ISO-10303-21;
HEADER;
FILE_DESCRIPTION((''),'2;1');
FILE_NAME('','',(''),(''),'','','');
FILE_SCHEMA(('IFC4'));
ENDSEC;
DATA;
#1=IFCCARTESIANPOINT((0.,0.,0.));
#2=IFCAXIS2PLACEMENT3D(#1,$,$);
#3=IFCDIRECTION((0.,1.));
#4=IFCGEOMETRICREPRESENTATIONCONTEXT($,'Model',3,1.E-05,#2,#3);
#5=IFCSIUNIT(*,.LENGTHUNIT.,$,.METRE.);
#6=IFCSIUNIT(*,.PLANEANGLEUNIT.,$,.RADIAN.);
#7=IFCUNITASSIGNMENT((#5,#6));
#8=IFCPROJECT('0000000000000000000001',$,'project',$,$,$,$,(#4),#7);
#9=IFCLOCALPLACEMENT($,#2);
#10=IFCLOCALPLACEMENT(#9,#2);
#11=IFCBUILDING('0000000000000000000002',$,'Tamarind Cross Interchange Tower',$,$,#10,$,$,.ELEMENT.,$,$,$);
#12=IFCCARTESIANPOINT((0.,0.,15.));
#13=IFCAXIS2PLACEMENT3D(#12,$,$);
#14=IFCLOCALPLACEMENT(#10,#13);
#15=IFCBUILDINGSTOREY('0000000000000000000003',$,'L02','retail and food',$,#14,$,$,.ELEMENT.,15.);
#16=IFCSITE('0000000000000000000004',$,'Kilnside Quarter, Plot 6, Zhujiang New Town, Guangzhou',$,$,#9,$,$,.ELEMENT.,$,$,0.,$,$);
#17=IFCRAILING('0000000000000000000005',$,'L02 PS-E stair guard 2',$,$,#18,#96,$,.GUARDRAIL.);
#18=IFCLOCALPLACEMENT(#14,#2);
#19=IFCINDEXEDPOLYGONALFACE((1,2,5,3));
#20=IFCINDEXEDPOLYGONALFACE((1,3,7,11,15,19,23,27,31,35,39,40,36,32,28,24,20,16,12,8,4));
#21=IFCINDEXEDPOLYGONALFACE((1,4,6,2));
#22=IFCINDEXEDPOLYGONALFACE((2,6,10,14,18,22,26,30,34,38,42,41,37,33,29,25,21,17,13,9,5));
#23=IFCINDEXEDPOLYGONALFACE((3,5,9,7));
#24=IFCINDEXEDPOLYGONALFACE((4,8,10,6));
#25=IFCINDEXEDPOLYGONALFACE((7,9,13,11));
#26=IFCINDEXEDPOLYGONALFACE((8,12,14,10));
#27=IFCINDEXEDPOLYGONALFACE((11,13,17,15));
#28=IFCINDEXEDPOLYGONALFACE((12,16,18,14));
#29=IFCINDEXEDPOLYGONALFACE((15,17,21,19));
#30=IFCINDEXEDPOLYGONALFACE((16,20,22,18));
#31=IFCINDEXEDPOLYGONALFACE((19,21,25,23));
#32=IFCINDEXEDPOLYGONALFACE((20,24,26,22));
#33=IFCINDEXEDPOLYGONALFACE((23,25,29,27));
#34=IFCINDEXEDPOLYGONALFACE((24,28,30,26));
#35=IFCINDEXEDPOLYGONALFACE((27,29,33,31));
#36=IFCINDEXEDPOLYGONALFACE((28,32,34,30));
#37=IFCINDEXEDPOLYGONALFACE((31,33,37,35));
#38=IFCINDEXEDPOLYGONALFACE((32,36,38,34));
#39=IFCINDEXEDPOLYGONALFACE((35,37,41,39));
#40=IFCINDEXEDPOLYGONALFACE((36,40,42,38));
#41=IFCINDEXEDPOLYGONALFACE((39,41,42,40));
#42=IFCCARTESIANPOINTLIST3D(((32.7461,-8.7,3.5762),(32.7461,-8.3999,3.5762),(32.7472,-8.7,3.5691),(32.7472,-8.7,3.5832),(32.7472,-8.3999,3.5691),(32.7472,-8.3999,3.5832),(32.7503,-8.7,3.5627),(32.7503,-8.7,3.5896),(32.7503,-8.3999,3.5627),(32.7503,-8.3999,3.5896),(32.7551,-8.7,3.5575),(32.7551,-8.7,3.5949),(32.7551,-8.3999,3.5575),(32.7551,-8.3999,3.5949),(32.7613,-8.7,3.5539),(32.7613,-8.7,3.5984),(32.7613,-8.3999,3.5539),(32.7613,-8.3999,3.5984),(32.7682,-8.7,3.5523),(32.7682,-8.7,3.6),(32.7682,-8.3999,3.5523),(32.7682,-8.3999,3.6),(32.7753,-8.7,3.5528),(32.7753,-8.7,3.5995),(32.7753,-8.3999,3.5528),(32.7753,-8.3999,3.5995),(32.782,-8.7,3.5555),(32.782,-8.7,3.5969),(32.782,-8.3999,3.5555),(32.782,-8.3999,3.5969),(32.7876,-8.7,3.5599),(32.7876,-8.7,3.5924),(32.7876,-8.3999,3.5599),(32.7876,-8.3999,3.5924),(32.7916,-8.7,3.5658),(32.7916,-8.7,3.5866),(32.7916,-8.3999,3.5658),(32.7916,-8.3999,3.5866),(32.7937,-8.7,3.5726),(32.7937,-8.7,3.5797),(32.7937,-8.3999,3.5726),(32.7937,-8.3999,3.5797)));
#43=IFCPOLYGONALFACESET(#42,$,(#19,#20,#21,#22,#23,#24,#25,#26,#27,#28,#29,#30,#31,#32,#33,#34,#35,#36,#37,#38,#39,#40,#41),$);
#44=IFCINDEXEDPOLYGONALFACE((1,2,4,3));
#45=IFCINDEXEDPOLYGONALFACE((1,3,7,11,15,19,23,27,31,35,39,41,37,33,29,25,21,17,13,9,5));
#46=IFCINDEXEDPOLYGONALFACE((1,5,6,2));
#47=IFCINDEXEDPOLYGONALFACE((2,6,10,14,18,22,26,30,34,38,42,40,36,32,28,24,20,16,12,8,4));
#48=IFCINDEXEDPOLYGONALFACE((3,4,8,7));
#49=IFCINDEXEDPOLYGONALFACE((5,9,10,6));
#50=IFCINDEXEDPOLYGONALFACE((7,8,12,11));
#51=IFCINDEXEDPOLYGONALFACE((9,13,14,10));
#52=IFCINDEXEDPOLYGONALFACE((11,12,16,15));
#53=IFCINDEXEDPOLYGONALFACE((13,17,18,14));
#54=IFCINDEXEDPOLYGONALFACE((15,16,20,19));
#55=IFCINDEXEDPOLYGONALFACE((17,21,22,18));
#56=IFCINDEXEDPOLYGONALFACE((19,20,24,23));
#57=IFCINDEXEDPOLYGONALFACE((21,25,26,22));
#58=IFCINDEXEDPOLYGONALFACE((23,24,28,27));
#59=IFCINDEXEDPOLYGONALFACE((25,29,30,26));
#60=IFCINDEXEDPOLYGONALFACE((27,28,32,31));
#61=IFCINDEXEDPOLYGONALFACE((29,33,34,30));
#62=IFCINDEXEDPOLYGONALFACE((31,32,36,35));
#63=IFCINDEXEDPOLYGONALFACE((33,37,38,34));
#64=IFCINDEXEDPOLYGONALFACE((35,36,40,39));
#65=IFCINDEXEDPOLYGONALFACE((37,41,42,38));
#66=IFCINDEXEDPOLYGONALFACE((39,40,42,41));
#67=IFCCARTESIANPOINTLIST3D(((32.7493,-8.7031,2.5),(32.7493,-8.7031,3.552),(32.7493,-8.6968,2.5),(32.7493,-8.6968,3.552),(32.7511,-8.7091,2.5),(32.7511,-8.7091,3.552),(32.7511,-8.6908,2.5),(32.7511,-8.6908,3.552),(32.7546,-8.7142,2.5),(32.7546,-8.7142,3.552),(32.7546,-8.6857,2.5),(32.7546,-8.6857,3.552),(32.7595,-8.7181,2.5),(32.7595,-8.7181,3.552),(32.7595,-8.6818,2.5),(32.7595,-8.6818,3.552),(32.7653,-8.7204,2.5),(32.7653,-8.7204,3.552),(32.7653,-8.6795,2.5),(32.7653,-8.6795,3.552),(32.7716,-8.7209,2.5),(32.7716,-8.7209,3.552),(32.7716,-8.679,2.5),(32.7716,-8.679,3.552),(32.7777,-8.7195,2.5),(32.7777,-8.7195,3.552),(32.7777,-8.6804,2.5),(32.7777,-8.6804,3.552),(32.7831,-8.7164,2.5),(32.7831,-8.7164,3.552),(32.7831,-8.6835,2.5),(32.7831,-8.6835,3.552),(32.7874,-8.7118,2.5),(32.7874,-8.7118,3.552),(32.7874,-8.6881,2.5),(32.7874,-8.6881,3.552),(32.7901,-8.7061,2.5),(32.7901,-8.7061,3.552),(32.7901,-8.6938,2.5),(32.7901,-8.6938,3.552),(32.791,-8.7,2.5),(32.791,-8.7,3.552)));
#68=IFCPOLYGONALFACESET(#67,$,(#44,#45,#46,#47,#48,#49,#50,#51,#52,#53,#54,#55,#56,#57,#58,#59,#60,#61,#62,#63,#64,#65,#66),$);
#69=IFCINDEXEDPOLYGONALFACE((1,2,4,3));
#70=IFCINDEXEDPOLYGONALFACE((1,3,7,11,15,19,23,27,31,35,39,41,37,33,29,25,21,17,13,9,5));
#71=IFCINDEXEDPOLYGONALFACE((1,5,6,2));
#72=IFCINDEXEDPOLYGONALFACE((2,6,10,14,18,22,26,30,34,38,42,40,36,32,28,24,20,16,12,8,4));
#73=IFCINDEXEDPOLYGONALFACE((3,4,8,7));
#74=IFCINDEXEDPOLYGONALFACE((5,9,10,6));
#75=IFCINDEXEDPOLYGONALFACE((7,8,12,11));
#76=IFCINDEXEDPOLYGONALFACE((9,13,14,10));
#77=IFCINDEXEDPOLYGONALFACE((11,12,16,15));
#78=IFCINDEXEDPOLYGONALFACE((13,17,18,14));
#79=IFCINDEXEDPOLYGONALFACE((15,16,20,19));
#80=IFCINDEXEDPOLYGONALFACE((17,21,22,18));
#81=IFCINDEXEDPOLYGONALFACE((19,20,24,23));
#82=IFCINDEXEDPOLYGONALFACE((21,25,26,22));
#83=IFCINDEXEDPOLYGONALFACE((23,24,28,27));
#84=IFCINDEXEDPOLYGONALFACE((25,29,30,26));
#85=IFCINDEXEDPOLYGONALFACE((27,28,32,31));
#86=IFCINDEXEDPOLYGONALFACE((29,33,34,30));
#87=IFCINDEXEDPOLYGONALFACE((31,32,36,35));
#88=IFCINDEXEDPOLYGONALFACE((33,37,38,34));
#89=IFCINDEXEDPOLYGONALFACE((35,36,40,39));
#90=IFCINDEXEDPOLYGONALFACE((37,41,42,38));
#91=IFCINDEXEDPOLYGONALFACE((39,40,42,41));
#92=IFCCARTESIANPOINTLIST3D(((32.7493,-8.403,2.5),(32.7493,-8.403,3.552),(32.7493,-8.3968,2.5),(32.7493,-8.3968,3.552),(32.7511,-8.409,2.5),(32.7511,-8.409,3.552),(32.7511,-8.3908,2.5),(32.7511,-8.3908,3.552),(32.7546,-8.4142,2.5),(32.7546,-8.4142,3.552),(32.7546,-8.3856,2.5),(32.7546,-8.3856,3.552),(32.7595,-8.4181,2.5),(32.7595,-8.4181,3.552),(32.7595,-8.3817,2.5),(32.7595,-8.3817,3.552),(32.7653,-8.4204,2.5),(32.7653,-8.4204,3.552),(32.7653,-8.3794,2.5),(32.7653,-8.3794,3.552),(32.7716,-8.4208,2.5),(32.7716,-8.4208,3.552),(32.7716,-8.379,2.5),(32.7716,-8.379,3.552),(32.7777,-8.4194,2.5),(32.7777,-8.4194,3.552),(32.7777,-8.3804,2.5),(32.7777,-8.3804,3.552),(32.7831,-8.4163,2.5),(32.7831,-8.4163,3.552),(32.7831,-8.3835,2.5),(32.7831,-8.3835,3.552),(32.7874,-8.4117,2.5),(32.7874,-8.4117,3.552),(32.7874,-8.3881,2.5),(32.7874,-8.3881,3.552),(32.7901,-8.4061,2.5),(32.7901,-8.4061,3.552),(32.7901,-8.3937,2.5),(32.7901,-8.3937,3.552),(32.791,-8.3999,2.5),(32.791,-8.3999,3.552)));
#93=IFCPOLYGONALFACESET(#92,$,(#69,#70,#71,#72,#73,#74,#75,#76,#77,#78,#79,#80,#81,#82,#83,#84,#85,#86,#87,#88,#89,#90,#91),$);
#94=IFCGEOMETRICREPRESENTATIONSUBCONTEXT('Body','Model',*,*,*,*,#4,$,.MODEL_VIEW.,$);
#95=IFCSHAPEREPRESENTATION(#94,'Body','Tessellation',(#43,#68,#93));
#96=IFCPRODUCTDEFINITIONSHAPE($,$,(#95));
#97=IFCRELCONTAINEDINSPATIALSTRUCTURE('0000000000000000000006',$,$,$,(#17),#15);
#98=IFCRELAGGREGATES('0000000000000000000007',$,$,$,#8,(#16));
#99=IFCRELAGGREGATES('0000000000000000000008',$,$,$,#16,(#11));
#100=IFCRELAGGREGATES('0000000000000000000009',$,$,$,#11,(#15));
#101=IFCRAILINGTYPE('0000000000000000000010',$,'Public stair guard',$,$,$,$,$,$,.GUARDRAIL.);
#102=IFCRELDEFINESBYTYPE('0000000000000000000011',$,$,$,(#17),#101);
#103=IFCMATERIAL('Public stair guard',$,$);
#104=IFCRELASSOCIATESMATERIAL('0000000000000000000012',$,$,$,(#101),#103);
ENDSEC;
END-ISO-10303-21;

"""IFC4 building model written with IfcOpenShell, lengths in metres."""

from ifc_helpers import new_model, si_unit, direction, frame, origin, origin_2d, place, context, subcontext, project, spatial, circle, extrude, material, type_object, element, save


model = new_model("IFC4")

# Units and contexts
model_context = context("Model", 3, precision=1e-05, world=origin(), true_north=direction((0.0, 1.0)))
body_context = subcontext(model_context, "Body", "Model", "MODEL_VIEW")
ifc_project = project(units=[si_unit("LENGTHUNIT", "METRE"), si_unit("PLANEANGLEUNIT", "RADIAN")], contexts=[model_context])

# Site, building, storey
site_placement = place(None, origin())
site = spatial("IfcSite", under=ifc_project, at=site_placement, Name="Kilnside Quarter, Plot 6, Zhujiang New Town, Guangzhou", CompositionType="ELEMENT", RefElevation=0.0)
building_placement = place(site_placement, origin())
building = spatial("IfcBuilding", under=site, at=building_placement, Name="Tamarind Cross Interchange Tower", CompositionType="ELEMENT")
storey_placement = place(building_placement, frame((0.0, 0.0, 15.0)))
storey = spatial("IfcBuildingStorey", under=building, at=storey_placement, Name="L02", Description="retail and food", CompositionType="ELEMENT", Elevation=15.0)

# Railing
ifc_material_1 = material(Name="Public stair guard")
railing_type_1 = type_object("IfcRailingType", Name="Public stair guard", PredefinedType="GUARDRAIL", material=ifc_material_1)
railing_1_placement = place(storey_placement, frame((32.77, -8.7, 2.5)))
element("IfcRailing", 1, at=railing_1_placement, inside=storey, type_object=railing_type_1, Name="L02 PS-E stair guard 2", PredefinedType="GUARDRAIL", context=body_context, shape_type="SweptSolid", body=[
    extrude(circle(Radius=0.0239, at=origin_2d()), frame((0.0, 0.0, 1.0762), z_axis=(0.0, 1.0, 0.0), x_axis=(-1.0, 0.0, 0.0)), (0.0, 0.0, 1.0), 0.3),
    extrude(circle(Radius=0.021, at=origin_2d()), origin(), (0.0, 0.0, 1.0), 1.052),
    extrude(circle(Radius=0.021, at=origin_2d()), frame((0.0, 0.3, 0.0)), (0.0, 0.0, 1.0), 1.052),
])

save(model, "model.ifc")
